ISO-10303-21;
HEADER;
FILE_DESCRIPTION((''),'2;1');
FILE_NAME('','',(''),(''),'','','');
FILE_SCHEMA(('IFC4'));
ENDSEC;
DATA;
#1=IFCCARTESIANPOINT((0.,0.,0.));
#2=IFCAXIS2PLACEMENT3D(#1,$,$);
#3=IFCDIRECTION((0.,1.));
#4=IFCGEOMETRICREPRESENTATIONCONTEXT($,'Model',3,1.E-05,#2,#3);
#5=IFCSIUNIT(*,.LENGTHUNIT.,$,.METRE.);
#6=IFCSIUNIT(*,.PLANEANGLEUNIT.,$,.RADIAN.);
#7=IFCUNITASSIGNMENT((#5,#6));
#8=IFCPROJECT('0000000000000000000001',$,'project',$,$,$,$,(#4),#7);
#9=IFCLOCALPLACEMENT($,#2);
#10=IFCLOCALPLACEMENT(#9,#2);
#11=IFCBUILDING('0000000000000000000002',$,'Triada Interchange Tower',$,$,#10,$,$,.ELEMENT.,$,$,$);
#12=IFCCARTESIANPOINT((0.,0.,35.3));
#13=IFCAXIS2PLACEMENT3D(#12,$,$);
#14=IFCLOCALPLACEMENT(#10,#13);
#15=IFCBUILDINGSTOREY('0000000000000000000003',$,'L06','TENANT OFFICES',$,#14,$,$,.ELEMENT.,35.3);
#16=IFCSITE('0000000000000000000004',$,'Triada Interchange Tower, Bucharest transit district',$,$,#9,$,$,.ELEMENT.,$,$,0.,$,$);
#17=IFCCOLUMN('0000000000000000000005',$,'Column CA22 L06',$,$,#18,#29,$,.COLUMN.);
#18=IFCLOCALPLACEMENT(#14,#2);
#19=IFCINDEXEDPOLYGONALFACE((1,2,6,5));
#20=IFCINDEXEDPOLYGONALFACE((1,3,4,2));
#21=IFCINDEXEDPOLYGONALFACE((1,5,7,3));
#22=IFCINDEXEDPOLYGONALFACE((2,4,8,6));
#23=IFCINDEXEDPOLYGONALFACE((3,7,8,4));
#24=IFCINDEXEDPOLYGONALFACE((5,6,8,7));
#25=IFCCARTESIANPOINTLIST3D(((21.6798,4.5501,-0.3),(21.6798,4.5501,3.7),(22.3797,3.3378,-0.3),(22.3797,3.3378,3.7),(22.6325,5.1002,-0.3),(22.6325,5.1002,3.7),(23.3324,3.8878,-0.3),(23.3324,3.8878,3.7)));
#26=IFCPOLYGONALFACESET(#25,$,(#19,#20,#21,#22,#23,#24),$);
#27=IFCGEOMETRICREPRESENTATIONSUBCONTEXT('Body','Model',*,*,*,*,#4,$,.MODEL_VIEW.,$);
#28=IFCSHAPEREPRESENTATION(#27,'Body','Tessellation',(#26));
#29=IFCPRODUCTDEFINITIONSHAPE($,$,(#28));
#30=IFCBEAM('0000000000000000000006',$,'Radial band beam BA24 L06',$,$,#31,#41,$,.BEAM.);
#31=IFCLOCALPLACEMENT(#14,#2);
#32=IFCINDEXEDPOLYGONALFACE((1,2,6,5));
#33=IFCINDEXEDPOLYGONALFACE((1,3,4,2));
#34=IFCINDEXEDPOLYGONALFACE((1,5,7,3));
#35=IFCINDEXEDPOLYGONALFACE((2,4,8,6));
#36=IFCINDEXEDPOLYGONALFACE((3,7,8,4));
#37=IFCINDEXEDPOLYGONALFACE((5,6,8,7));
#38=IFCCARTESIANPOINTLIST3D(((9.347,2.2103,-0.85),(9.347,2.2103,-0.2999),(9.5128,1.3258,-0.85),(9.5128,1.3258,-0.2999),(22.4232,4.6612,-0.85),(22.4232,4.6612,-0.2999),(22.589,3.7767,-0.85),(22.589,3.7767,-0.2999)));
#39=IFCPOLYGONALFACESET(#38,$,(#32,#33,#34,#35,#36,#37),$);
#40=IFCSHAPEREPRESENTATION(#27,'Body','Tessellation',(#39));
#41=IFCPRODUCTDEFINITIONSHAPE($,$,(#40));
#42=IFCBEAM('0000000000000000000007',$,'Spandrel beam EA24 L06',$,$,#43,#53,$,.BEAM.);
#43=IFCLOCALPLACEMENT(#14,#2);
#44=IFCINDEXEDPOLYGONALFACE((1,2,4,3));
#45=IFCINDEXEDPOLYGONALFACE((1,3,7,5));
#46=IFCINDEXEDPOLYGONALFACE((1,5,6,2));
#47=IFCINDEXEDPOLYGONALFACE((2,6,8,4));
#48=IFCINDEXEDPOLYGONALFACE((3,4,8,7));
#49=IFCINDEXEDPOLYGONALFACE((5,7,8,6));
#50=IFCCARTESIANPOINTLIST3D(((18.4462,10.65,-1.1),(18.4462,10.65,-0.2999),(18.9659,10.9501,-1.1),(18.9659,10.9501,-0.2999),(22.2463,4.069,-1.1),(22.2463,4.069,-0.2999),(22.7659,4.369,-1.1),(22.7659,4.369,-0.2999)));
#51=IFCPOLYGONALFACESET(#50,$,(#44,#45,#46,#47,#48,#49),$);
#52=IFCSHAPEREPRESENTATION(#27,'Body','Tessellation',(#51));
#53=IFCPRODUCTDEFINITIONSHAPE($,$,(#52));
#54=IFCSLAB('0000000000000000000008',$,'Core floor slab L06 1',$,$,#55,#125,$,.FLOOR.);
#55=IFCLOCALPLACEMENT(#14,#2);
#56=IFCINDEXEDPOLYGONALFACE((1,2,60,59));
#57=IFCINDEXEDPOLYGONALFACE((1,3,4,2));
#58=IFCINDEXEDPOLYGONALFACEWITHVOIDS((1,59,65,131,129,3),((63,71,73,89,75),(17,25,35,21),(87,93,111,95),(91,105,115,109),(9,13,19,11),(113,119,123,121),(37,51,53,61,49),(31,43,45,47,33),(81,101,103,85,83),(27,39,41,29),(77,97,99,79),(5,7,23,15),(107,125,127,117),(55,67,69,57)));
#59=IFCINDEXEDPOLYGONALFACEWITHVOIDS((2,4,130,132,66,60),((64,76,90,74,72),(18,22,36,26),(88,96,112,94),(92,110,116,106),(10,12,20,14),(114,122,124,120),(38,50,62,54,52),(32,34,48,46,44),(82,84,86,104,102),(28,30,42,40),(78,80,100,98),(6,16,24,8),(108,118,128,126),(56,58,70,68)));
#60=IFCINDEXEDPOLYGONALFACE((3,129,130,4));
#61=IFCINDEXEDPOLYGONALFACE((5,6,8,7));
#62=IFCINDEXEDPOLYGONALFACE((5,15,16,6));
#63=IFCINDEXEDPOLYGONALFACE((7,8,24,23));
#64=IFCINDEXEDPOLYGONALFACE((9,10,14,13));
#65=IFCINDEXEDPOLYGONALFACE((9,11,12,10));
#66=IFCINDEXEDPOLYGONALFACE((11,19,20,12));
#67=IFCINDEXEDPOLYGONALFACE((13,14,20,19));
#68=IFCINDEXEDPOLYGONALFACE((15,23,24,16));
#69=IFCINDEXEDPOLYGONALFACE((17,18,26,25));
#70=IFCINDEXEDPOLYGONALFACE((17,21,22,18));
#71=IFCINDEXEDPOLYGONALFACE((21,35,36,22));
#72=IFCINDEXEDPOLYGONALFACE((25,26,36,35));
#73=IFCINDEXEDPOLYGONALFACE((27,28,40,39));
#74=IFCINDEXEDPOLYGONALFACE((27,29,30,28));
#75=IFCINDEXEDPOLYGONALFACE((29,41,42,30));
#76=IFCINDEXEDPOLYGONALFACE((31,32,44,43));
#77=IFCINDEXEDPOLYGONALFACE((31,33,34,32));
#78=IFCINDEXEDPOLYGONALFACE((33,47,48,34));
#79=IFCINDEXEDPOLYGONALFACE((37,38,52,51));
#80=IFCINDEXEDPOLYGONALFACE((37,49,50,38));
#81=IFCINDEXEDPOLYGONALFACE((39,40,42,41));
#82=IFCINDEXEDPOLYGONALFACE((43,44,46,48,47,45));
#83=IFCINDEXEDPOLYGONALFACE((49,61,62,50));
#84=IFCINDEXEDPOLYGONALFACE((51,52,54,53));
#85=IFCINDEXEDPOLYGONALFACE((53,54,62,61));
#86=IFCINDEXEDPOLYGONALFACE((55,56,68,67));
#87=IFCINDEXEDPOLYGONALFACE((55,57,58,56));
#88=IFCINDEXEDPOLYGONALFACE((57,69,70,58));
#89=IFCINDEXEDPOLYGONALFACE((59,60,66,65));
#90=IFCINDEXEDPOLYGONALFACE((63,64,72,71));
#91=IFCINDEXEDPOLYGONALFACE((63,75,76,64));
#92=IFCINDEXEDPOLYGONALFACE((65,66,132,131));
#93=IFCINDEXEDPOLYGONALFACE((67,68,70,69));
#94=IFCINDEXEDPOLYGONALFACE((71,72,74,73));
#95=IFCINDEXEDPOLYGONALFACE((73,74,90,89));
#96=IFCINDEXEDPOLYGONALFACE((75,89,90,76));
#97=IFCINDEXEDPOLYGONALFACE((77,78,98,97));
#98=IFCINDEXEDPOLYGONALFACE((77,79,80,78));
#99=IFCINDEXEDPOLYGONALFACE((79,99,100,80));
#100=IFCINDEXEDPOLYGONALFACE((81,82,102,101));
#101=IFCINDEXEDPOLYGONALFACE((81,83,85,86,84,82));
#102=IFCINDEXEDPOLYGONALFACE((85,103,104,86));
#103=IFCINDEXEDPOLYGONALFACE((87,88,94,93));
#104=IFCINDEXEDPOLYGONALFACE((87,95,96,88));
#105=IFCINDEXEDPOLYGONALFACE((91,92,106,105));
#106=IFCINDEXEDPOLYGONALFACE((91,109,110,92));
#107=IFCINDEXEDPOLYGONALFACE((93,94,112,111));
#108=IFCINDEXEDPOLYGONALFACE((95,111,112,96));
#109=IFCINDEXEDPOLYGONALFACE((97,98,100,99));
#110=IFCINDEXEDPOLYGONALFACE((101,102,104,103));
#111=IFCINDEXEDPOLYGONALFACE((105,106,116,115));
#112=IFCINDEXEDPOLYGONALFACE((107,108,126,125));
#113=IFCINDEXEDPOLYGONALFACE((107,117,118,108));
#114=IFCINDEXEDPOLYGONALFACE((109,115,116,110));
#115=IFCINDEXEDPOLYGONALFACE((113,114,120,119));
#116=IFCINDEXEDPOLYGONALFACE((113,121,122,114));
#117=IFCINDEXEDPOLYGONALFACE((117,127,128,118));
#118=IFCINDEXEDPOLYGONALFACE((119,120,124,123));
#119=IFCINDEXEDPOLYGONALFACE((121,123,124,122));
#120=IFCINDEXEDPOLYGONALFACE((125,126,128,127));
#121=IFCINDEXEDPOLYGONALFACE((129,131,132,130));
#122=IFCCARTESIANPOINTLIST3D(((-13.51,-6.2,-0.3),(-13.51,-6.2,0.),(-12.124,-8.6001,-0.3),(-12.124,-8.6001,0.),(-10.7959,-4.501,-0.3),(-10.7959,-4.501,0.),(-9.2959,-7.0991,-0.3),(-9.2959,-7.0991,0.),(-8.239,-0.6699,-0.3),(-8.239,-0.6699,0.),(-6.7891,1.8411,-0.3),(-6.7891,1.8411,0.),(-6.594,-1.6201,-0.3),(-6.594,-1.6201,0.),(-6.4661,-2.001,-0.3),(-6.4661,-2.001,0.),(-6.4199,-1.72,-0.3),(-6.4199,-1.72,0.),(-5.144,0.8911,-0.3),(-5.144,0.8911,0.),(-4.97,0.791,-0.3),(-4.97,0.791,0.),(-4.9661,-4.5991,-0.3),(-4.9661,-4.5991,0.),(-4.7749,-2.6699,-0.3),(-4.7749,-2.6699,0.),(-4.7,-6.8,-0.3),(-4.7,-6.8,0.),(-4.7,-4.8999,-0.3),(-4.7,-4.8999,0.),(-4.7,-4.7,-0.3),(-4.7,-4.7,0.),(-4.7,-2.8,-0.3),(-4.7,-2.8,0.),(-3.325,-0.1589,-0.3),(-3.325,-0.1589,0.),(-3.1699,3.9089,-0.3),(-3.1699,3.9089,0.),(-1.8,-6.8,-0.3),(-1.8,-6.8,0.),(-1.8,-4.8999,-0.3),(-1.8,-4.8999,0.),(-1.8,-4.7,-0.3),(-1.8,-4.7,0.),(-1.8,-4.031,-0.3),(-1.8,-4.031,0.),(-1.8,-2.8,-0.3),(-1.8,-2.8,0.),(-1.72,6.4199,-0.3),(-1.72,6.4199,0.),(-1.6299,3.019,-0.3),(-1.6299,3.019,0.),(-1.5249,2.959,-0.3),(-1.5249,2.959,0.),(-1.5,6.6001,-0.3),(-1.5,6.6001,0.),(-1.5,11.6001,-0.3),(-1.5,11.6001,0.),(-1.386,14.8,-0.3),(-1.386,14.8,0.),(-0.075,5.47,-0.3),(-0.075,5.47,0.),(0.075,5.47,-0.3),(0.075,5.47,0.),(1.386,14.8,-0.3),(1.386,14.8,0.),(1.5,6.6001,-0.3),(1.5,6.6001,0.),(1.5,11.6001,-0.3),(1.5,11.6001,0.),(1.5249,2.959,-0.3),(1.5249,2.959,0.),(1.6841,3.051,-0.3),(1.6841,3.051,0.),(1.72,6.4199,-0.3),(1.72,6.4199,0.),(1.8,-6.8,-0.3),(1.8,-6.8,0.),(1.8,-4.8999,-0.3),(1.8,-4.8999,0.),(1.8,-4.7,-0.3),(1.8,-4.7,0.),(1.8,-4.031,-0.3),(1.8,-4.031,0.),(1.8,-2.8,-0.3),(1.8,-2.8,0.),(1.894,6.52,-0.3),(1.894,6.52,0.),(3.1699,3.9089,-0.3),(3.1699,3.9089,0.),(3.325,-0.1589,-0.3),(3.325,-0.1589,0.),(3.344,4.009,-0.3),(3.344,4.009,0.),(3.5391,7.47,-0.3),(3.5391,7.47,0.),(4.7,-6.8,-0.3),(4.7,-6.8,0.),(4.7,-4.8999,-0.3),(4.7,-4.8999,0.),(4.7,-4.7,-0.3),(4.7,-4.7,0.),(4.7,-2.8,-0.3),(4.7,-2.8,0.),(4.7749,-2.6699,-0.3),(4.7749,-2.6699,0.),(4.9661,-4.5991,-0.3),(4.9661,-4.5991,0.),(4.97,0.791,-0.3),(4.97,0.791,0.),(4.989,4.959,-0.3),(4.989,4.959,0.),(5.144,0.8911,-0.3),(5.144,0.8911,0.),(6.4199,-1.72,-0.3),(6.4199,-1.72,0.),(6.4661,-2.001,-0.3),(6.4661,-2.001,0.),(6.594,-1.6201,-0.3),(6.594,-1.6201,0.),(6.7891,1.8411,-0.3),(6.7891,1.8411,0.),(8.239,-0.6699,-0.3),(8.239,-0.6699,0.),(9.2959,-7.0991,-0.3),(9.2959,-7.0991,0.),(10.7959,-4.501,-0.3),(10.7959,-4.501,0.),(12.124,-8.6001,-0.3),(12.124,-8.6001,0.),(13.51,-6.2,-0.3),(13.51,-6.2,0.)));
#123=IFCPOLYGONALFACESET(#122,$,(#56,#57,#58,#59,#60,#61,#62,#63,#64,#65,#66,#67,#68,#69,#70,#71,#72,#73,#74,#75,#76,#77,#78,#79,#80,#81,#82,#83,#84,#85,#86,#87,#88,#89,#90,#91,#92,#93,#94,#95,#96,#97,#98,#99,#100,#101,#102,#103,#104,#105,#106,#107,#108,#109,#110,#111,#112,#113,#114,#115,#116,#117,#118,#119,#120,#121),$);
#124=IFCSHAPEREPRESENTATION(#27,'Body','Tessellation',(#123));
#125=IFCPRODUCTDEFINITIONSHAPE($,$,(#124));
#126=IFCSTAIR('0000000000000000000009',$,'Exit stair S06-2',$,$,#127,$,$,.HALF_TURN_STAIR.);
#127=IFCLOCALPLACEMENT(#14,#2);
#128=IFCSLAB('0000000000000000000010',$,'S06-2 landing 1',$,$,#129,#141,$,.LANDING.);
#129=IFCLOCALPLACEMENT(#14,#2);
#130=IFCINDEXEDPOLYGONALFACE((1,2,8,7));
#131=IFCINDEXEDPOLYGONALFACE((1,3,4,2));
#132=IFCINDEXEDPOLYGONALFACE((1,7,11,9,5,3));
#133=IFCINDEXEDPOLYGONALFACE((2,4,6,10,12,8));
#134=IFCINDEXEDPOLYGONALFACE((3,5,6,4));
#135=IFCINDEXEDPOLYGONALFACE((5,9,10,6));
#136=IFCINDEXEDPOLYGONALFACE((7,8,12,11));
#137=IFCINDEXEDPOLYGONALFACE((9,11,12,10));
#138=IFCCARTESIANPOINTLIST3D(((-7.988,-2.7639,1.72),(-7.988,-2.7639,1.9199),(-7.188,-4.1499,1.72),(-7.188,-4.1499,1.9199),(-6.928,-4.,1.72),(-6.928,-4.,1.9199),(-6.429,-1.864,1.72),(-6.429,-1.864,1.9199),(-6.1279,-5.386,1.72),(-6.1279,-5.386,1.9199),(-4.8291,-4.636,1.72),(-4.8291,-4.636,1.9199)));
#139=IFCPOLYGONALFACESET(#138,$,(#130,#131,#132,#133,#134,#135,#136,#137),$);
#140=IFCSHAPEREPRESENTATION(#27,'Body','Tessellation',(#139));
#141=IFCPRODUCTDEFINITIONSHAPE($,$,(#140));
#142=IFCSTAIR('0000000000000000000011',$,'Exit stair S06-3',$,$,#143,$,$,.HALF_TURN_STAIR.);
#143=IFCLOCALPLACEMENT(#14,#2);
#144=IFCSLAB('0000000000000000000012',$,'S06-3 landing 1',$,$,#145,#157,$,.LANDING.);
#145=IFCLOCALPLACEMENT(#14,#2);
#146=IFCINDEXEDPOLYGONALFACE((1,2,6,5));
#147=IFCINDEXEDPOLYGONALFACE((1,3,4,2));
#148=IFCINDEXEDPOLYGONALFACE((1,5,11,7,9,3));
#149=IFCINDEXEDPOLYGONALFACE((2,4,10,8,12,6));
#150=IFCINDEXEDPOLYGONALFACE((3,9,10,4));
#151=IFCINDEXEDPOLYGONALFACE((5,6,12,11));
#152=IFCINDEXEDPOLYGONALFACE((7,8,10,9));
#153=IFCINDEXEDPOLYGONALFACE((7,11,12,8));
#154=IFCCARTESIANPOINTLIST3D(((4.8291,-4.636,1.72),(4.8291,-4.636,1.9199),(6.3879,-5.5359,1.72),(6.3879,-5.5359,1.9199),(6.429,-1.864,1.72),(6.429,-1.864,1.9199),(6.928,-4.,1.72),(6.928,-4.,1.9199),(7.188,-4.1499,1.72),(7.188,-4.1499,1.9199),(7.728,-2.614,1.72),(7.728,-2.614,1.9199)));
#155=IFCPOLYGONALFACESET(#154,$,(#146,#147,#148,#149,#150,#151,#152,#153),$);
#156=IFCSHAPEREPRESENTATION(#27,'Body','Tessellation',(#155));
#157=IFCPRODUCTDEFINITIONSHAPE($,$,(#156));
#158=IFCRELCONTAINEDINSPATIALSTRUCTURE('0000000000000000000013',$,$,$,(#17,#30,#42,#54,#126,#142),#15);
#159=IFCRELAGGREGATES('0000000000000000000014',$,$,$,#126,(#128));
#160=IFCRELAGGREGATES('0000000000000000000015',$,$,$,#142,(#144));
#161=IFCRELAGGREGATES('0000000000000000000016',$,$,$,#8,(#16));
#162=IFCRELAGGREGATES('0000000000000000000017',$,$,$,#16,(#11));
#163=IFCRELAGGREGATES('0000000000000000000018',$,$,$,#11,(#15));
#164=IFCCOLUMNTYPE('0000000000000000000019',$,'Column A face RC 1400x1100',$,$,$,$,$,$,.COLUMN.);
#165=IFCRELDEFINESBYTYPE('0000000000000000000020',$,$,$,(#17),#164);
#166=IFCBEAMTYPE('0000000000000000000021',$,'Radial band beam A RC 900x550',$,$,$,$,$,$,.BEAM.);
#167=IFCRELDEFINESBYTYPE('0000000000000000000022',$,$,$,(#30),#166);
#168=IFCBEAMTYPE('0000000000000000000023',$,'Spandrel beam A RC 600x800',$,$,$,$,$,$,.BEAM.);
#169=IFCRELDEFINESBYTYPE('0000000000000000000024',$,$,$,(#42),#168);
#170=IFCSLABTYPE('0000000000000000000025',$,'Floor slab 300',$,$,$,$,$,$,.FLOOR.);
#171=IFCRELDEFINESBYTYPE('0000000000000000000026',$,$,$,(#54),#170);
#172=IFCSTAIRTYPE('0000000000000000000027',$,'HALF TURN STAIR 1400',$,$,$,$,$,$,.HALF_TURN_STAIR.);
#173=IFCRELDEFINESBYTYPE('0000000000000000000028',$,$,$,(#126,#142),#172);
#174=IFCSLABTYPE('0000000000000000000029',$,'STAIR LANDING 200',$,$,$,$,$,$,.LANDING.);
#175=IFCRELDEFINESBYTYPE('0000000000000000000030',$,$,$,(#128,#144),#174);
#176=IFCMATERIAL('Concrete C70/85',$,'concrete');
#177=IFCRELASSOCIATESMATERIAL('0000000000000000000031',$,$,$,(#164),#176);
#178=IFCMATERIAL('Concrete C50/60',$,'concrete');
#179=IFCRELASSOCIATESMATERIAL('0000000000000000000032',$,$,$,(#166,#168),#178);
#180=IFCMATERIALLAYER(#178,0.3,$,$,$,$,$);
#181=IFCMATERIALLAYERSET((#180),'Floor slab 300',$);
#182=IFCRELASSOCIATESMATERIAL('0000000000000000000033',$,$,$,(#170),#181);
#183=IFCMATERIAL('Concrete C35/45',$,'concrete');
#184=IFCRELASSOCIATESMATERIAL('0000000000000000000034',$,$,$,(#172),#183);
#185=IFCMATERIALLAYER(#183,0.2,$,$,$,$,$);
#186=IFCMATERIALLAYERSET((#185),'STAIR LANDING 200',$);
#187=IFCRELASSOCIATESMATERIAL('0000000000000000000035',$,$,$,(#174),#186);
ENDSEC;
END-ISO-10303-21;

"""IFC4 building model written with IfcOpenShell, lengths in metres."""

from ifc_helpers import new_model, si_unit, direction, frame, origin, origin_2d, place, context, subcontext, project, spatial, polyline, rectangle, outline, extrude, material, layer, layer_set, material_profile, profile_set, type_object, element, aggregate, save


model = new_model("IFC4")

# Units and contexts
model_context = context("Model", 3, precision=1e-05, world=origin(), true_north=direction((0.0, 1.0)))
body_context = subcontext(model_context, "Body", "Model", "MODEL_VIEW")
ifc_project = project(units=[si_unit("LENGTHUNIT", "METRE"), si_unit("PLANEANGLEUNIT", "RADIAN")], contexts=[model_context])

# Site, building, storey
site_placement = place(None, origin())
site = spatial("IfcSite", under=ifc_project, at=site_placement, Name="Triada Interchange Tower, Bucharest transit district", CompositionType="ELEMENT", RefElevation=0.0)
building_placement = place(site_placement, origin())
building = spatial("IfcBuilding", under=site, at=building_placement, Name="Triada Interchange Tower", CompositionType="ELEMENT")
storey_placement = place(building_placement, frame((0.0, 0.0, 35.3)))
storey = spatial("IfcBuildingStorey", under=building, at=storey_placement, Name="L06", Description="TENANT OFFICES", CompositionType="ELEMENT", Elevation=35.3)

# Column
ifc_material_1 = material(Name="Concrete C70/85", Category="concrete")
ifc_material_profile_1 = material_profile(ifc_material_1, rectangle(XDim=1.3999, YDim=1.1001, at=origin_2d()), Name="RC 1400x1100")
ifc_profile_set_1 = profile_set([ifc_material_profile_1], Name="Concrete C70/85")
column_type = type_object("IfcColumnType", Name="Column A face RC 1400x1100", PredefinedType="COLUMN", material=ifc_profile_set_1)
column_placement = place(storey_placement, frame((22.5061, 4.219, -0.3), z_axis=(0.0, 0.0, 1.0), x_axis=(-0.5, 0.866025, 0.0)))
element("IfcColumn", 1, at=column_placement, inside=storey, type_object=column_type, Name="Column CA22 L06", PredefinedType="COLUMN", context=body_context, shape_type="SweptSolid", body=[
    extrude(rectangle(XDim=1.3999, YDim=1.1001, at=origin_2d()), origin(), (0.0, 0.0, 1.0), 4.0),
])

# Beams
ifc_material_2 = material(Name="Concrete C50/60", Category="concrete")
ifc_material_profile_2 = material_profile(ifc_material_2, rectangle(XDim=0.8999, YDim=0.55, at=origin_2d()), Name="RC 900x550")
ifc_profile_set_2 = profile_set([ifc_material_profile_2], Name="Concrete C50/60")
beam_type_1 = type_object("IfcBeamType", Name="Radial band beam A RC 900x550", PredefinedType="BEAM", material=ifc_profile_set_2)
beam_1_placement = place(storey_placement, frame((22.5061, 4.219, -0.575), z_axis=(-0.982884, -0.184226, 0.0), x_axis=(0.184226, -0.982884, 0.0)))
element("IfcBeam", 2, at=beam_1_placement, inside=storey, type_object=beam_type_1, Name="Radial band beam BA24 L06", PredefinedType="BEAM", context=body_context, shape_type="SweptSolid", body=[
    extrude(rectangle(XDim=0.8999, YDim=0.55, at=origin_2d()), origin(), (0.0, 0.0, 1.0), 13.304),
])
ifc_material_profile_3 = material_profile(ifc_material_2, rectangle(XDim=0.6001, YDim=0.8, at=origin_2d()), Name="RC 600x800")
ifc_profile_set_3 = profile_set([ifc_material_profile_3], Name="Concrete C50/60")
beam_type_2 = type_object("IfcBeamType", Name="Spandrel beam A RC 600x800", PredefinedType="BEAM", material=ifc_profile_set_3)
beam_2_placement = place(storey_placement, frame((22.5061, 4.219, -0.7), z_axis=(-0.500047, 0.865998, 0.0), x_axis=(-0.865998, -0.500047, 0.0)))
element("IfcBeam", 3, at=beam_2_placement, inside=storey, type_object=beam_type_2, Name="Spandrel beam EA24 L06", PredefinedType="BEAM", context=body_context, shape_type="SweptSolid", body=[
    extrude(rectangle(XDim=0.6001, YDim=0.8, at=origin_2d()), origin(), (0.0, 0.0, 1.0), 7.5994),
])

# Slab
ifc_layer_1 = layer(ifc_material_2, 0.3)
ifc_layer_set_1 = layer_set([ifc_layer_1], Name="Floor slab 300")
slab_type_1 = type_object("IfcSlabType", Name="Floor slab 300", PredefinedType="FLOOR", material=ifc_layer_set_1)
slab_1_placement = place(storey_placement, frame((0.0, 0.0, -0.3)))
element("IfcSlab", 4, at=slab_1_placement, inside=storey, type_object=slab_type_1, Name="Core floor slab L06 1", PredefinedType="FLOOR", context=body_context, shape_type="SweptSolid", body=[
    extrude(outline(polyline([(13.51, -6.2), (12.124, -8.6001), (-12.124, -8.6001), (-13.51, -6.2), (-1.386, 14.8), (1.386, 14.8), (13.51, -6.2)]), holes=[polyline([(9.2959, -7.0991), (10.7959, -4.501), (6.4661, -2.001), (4.9661, -4.5991), (9.2959, -7.0991)]), polyline([(6.7891, 1.8411), (5.144, 0.8911), (6.594, -1.6201), (8.239, -0.6699), (6.7891, 1.8411)]), polyline([(4.97, 0.791), (3.325, -0.1589), (4.7749, -2.6699), (6.4199, -1.72), (4.97, 0.791)]), polyline([(1.894, 6.52), (3.344, 4.009), (4.989, 4.959), (3.5391, 7.47), (1.894, 6.52)]), polyline([(1.8, -4.8999), (1.8, -6.8), (4.7, -6.8), (4.7, -4.8999), (1.8, -4.8999)]), polyline([(1.8, -2.8), (1.8, -4.031), (1.8, -4.7), (4.7, -4.7), (4.7, -2.8), (1.8, -2.8)]), polyline([(1.5249, 2.959), (1.6841, 3.051), (3.1699, 3.9089), (1.72, 6.4199), (0.075, 5.47), (1.5249, 2.959)]), polyline([(1.5, 11.6001), (-1.5, 11.6001), (-1.5, 6.6001), (1.5, 6.6001), (1.5, 11.6001)]), polyline([(-0.075, 5.47), (-1.72, 6.4199), (-3.1699, 3.9089), (-1.6299, 3.019), (-1.5249, 2.959), (-0.075, 5.47)]), polyline([(-4.7, -2.8), (-4.7, -4.7), (-1.8, -4.7), (-1.8, -4.031), (-1.8, -2.8), (-4.7, -2.8)]), polyline([(-4.7, -4.8999), (-4.7, -6.8), (-1.8, -6.8), (-1.8, -4.8999), (-4.7, -4.8999)]), polyline([(-4.7749, -2.6699), (-3.325, -0.1589), (-4.97, 0.791), (-6.4199, -1.72), (-4.7749, -2.6699)]), polyline([(-10.7959, -4.501), (-9.2959, -7.0991), (-4.9661, -4.5991), (-6.4661, -2.001), (-10.7959, -4.501)]), polyline([(-6.594, -1.6201), (-5.144, 0.8911), (-6.7891, 1.8411), (-8.239, -0.6699), (-6.594, -1.6201)])]), origin(), (0.0, 0.0, 1.0), 0.3),
])

# Stairs, slabs
ifc_material_3 = material(Name="Concrete C35/45", Category="concrete")
stair_type = type_object("IfcStairType", Name="HALF TURN STAIR 1400", PredefinedType="HALF_TURN_STAIR", material=ifc_material_3)
stair_1_placement = place(storey_placement, origin())
stair_1 = element("IfcStair", 5, at=stair_1_placement, inside=storey, type_object=stair_type, Name="Exit stair S06-2", PredefinedType="HALF_TURN_STAIR")
ifc_layer_2 = layer(ifc_material_3, 0.2)
ifc_layer_set_2 = layer_set([ifc_layer_2], Name="STAIR LANDING 200")
slab_type_2 = type_object("IfcSlabType", Name="STAIR LANDING 200", PredefinedType="LANDING", material=ifc_layer_set_2)
slab_2_placement = place(storey_placement, frame((0.0, 0.0, 1.72)))
slab_2 = element("IfcSlab", 6, at=slab_2_placement, type_object=slab_type_2, Name="S06-2 landing 1", PredefinedType="LANDING", context=body_context, shape_type="SweptSolid", body=[
    extrude(outline(polyline([(-6.429, -1.864), (-7.988, -2.7639), (-7.188, -4.1499), (-6.928, -4.0), (-6.1279, -5.386), (-4.8291, -4.636), (-6.429, -1.864)])), origin(), (0.0, 0.0, 1.0), 0.2),
])
aggregate(stair_1, [slab_2])
stair_2_placement = place(storey_placement, origin())
stair_2 = element("IfcStair", 7, at=stair_2_placement, inside=storey, type_object=stair_type, Name="Exit stair S06-3", PredefinedType="HALF_TURN_STAIR")
slab_3_placement = place(storey_placement, frame((0.0, 0.0, 1.72)))
slab_3 = element("IfcSlab", 8, at=slab_3_placement, type_object=slab_type_2, Name="S06-3 landing 1", PredefinedType="LANDING", context=body_context, shape_type="SweptSolid", body=[
    extrude(outline(polyline([(4.8291, -4.636), (6.3879, -5.5359), (7.188, -4.1499), (6.928, -4.0), (7.728, -2.614), (6.429, -1.864), (4.8291, -4.636)])), origin(), (0.0, 0.0, 1.0), 0.2),
])
aggregate(stair_2, [slab_3])

save(model, "model.ifc")
